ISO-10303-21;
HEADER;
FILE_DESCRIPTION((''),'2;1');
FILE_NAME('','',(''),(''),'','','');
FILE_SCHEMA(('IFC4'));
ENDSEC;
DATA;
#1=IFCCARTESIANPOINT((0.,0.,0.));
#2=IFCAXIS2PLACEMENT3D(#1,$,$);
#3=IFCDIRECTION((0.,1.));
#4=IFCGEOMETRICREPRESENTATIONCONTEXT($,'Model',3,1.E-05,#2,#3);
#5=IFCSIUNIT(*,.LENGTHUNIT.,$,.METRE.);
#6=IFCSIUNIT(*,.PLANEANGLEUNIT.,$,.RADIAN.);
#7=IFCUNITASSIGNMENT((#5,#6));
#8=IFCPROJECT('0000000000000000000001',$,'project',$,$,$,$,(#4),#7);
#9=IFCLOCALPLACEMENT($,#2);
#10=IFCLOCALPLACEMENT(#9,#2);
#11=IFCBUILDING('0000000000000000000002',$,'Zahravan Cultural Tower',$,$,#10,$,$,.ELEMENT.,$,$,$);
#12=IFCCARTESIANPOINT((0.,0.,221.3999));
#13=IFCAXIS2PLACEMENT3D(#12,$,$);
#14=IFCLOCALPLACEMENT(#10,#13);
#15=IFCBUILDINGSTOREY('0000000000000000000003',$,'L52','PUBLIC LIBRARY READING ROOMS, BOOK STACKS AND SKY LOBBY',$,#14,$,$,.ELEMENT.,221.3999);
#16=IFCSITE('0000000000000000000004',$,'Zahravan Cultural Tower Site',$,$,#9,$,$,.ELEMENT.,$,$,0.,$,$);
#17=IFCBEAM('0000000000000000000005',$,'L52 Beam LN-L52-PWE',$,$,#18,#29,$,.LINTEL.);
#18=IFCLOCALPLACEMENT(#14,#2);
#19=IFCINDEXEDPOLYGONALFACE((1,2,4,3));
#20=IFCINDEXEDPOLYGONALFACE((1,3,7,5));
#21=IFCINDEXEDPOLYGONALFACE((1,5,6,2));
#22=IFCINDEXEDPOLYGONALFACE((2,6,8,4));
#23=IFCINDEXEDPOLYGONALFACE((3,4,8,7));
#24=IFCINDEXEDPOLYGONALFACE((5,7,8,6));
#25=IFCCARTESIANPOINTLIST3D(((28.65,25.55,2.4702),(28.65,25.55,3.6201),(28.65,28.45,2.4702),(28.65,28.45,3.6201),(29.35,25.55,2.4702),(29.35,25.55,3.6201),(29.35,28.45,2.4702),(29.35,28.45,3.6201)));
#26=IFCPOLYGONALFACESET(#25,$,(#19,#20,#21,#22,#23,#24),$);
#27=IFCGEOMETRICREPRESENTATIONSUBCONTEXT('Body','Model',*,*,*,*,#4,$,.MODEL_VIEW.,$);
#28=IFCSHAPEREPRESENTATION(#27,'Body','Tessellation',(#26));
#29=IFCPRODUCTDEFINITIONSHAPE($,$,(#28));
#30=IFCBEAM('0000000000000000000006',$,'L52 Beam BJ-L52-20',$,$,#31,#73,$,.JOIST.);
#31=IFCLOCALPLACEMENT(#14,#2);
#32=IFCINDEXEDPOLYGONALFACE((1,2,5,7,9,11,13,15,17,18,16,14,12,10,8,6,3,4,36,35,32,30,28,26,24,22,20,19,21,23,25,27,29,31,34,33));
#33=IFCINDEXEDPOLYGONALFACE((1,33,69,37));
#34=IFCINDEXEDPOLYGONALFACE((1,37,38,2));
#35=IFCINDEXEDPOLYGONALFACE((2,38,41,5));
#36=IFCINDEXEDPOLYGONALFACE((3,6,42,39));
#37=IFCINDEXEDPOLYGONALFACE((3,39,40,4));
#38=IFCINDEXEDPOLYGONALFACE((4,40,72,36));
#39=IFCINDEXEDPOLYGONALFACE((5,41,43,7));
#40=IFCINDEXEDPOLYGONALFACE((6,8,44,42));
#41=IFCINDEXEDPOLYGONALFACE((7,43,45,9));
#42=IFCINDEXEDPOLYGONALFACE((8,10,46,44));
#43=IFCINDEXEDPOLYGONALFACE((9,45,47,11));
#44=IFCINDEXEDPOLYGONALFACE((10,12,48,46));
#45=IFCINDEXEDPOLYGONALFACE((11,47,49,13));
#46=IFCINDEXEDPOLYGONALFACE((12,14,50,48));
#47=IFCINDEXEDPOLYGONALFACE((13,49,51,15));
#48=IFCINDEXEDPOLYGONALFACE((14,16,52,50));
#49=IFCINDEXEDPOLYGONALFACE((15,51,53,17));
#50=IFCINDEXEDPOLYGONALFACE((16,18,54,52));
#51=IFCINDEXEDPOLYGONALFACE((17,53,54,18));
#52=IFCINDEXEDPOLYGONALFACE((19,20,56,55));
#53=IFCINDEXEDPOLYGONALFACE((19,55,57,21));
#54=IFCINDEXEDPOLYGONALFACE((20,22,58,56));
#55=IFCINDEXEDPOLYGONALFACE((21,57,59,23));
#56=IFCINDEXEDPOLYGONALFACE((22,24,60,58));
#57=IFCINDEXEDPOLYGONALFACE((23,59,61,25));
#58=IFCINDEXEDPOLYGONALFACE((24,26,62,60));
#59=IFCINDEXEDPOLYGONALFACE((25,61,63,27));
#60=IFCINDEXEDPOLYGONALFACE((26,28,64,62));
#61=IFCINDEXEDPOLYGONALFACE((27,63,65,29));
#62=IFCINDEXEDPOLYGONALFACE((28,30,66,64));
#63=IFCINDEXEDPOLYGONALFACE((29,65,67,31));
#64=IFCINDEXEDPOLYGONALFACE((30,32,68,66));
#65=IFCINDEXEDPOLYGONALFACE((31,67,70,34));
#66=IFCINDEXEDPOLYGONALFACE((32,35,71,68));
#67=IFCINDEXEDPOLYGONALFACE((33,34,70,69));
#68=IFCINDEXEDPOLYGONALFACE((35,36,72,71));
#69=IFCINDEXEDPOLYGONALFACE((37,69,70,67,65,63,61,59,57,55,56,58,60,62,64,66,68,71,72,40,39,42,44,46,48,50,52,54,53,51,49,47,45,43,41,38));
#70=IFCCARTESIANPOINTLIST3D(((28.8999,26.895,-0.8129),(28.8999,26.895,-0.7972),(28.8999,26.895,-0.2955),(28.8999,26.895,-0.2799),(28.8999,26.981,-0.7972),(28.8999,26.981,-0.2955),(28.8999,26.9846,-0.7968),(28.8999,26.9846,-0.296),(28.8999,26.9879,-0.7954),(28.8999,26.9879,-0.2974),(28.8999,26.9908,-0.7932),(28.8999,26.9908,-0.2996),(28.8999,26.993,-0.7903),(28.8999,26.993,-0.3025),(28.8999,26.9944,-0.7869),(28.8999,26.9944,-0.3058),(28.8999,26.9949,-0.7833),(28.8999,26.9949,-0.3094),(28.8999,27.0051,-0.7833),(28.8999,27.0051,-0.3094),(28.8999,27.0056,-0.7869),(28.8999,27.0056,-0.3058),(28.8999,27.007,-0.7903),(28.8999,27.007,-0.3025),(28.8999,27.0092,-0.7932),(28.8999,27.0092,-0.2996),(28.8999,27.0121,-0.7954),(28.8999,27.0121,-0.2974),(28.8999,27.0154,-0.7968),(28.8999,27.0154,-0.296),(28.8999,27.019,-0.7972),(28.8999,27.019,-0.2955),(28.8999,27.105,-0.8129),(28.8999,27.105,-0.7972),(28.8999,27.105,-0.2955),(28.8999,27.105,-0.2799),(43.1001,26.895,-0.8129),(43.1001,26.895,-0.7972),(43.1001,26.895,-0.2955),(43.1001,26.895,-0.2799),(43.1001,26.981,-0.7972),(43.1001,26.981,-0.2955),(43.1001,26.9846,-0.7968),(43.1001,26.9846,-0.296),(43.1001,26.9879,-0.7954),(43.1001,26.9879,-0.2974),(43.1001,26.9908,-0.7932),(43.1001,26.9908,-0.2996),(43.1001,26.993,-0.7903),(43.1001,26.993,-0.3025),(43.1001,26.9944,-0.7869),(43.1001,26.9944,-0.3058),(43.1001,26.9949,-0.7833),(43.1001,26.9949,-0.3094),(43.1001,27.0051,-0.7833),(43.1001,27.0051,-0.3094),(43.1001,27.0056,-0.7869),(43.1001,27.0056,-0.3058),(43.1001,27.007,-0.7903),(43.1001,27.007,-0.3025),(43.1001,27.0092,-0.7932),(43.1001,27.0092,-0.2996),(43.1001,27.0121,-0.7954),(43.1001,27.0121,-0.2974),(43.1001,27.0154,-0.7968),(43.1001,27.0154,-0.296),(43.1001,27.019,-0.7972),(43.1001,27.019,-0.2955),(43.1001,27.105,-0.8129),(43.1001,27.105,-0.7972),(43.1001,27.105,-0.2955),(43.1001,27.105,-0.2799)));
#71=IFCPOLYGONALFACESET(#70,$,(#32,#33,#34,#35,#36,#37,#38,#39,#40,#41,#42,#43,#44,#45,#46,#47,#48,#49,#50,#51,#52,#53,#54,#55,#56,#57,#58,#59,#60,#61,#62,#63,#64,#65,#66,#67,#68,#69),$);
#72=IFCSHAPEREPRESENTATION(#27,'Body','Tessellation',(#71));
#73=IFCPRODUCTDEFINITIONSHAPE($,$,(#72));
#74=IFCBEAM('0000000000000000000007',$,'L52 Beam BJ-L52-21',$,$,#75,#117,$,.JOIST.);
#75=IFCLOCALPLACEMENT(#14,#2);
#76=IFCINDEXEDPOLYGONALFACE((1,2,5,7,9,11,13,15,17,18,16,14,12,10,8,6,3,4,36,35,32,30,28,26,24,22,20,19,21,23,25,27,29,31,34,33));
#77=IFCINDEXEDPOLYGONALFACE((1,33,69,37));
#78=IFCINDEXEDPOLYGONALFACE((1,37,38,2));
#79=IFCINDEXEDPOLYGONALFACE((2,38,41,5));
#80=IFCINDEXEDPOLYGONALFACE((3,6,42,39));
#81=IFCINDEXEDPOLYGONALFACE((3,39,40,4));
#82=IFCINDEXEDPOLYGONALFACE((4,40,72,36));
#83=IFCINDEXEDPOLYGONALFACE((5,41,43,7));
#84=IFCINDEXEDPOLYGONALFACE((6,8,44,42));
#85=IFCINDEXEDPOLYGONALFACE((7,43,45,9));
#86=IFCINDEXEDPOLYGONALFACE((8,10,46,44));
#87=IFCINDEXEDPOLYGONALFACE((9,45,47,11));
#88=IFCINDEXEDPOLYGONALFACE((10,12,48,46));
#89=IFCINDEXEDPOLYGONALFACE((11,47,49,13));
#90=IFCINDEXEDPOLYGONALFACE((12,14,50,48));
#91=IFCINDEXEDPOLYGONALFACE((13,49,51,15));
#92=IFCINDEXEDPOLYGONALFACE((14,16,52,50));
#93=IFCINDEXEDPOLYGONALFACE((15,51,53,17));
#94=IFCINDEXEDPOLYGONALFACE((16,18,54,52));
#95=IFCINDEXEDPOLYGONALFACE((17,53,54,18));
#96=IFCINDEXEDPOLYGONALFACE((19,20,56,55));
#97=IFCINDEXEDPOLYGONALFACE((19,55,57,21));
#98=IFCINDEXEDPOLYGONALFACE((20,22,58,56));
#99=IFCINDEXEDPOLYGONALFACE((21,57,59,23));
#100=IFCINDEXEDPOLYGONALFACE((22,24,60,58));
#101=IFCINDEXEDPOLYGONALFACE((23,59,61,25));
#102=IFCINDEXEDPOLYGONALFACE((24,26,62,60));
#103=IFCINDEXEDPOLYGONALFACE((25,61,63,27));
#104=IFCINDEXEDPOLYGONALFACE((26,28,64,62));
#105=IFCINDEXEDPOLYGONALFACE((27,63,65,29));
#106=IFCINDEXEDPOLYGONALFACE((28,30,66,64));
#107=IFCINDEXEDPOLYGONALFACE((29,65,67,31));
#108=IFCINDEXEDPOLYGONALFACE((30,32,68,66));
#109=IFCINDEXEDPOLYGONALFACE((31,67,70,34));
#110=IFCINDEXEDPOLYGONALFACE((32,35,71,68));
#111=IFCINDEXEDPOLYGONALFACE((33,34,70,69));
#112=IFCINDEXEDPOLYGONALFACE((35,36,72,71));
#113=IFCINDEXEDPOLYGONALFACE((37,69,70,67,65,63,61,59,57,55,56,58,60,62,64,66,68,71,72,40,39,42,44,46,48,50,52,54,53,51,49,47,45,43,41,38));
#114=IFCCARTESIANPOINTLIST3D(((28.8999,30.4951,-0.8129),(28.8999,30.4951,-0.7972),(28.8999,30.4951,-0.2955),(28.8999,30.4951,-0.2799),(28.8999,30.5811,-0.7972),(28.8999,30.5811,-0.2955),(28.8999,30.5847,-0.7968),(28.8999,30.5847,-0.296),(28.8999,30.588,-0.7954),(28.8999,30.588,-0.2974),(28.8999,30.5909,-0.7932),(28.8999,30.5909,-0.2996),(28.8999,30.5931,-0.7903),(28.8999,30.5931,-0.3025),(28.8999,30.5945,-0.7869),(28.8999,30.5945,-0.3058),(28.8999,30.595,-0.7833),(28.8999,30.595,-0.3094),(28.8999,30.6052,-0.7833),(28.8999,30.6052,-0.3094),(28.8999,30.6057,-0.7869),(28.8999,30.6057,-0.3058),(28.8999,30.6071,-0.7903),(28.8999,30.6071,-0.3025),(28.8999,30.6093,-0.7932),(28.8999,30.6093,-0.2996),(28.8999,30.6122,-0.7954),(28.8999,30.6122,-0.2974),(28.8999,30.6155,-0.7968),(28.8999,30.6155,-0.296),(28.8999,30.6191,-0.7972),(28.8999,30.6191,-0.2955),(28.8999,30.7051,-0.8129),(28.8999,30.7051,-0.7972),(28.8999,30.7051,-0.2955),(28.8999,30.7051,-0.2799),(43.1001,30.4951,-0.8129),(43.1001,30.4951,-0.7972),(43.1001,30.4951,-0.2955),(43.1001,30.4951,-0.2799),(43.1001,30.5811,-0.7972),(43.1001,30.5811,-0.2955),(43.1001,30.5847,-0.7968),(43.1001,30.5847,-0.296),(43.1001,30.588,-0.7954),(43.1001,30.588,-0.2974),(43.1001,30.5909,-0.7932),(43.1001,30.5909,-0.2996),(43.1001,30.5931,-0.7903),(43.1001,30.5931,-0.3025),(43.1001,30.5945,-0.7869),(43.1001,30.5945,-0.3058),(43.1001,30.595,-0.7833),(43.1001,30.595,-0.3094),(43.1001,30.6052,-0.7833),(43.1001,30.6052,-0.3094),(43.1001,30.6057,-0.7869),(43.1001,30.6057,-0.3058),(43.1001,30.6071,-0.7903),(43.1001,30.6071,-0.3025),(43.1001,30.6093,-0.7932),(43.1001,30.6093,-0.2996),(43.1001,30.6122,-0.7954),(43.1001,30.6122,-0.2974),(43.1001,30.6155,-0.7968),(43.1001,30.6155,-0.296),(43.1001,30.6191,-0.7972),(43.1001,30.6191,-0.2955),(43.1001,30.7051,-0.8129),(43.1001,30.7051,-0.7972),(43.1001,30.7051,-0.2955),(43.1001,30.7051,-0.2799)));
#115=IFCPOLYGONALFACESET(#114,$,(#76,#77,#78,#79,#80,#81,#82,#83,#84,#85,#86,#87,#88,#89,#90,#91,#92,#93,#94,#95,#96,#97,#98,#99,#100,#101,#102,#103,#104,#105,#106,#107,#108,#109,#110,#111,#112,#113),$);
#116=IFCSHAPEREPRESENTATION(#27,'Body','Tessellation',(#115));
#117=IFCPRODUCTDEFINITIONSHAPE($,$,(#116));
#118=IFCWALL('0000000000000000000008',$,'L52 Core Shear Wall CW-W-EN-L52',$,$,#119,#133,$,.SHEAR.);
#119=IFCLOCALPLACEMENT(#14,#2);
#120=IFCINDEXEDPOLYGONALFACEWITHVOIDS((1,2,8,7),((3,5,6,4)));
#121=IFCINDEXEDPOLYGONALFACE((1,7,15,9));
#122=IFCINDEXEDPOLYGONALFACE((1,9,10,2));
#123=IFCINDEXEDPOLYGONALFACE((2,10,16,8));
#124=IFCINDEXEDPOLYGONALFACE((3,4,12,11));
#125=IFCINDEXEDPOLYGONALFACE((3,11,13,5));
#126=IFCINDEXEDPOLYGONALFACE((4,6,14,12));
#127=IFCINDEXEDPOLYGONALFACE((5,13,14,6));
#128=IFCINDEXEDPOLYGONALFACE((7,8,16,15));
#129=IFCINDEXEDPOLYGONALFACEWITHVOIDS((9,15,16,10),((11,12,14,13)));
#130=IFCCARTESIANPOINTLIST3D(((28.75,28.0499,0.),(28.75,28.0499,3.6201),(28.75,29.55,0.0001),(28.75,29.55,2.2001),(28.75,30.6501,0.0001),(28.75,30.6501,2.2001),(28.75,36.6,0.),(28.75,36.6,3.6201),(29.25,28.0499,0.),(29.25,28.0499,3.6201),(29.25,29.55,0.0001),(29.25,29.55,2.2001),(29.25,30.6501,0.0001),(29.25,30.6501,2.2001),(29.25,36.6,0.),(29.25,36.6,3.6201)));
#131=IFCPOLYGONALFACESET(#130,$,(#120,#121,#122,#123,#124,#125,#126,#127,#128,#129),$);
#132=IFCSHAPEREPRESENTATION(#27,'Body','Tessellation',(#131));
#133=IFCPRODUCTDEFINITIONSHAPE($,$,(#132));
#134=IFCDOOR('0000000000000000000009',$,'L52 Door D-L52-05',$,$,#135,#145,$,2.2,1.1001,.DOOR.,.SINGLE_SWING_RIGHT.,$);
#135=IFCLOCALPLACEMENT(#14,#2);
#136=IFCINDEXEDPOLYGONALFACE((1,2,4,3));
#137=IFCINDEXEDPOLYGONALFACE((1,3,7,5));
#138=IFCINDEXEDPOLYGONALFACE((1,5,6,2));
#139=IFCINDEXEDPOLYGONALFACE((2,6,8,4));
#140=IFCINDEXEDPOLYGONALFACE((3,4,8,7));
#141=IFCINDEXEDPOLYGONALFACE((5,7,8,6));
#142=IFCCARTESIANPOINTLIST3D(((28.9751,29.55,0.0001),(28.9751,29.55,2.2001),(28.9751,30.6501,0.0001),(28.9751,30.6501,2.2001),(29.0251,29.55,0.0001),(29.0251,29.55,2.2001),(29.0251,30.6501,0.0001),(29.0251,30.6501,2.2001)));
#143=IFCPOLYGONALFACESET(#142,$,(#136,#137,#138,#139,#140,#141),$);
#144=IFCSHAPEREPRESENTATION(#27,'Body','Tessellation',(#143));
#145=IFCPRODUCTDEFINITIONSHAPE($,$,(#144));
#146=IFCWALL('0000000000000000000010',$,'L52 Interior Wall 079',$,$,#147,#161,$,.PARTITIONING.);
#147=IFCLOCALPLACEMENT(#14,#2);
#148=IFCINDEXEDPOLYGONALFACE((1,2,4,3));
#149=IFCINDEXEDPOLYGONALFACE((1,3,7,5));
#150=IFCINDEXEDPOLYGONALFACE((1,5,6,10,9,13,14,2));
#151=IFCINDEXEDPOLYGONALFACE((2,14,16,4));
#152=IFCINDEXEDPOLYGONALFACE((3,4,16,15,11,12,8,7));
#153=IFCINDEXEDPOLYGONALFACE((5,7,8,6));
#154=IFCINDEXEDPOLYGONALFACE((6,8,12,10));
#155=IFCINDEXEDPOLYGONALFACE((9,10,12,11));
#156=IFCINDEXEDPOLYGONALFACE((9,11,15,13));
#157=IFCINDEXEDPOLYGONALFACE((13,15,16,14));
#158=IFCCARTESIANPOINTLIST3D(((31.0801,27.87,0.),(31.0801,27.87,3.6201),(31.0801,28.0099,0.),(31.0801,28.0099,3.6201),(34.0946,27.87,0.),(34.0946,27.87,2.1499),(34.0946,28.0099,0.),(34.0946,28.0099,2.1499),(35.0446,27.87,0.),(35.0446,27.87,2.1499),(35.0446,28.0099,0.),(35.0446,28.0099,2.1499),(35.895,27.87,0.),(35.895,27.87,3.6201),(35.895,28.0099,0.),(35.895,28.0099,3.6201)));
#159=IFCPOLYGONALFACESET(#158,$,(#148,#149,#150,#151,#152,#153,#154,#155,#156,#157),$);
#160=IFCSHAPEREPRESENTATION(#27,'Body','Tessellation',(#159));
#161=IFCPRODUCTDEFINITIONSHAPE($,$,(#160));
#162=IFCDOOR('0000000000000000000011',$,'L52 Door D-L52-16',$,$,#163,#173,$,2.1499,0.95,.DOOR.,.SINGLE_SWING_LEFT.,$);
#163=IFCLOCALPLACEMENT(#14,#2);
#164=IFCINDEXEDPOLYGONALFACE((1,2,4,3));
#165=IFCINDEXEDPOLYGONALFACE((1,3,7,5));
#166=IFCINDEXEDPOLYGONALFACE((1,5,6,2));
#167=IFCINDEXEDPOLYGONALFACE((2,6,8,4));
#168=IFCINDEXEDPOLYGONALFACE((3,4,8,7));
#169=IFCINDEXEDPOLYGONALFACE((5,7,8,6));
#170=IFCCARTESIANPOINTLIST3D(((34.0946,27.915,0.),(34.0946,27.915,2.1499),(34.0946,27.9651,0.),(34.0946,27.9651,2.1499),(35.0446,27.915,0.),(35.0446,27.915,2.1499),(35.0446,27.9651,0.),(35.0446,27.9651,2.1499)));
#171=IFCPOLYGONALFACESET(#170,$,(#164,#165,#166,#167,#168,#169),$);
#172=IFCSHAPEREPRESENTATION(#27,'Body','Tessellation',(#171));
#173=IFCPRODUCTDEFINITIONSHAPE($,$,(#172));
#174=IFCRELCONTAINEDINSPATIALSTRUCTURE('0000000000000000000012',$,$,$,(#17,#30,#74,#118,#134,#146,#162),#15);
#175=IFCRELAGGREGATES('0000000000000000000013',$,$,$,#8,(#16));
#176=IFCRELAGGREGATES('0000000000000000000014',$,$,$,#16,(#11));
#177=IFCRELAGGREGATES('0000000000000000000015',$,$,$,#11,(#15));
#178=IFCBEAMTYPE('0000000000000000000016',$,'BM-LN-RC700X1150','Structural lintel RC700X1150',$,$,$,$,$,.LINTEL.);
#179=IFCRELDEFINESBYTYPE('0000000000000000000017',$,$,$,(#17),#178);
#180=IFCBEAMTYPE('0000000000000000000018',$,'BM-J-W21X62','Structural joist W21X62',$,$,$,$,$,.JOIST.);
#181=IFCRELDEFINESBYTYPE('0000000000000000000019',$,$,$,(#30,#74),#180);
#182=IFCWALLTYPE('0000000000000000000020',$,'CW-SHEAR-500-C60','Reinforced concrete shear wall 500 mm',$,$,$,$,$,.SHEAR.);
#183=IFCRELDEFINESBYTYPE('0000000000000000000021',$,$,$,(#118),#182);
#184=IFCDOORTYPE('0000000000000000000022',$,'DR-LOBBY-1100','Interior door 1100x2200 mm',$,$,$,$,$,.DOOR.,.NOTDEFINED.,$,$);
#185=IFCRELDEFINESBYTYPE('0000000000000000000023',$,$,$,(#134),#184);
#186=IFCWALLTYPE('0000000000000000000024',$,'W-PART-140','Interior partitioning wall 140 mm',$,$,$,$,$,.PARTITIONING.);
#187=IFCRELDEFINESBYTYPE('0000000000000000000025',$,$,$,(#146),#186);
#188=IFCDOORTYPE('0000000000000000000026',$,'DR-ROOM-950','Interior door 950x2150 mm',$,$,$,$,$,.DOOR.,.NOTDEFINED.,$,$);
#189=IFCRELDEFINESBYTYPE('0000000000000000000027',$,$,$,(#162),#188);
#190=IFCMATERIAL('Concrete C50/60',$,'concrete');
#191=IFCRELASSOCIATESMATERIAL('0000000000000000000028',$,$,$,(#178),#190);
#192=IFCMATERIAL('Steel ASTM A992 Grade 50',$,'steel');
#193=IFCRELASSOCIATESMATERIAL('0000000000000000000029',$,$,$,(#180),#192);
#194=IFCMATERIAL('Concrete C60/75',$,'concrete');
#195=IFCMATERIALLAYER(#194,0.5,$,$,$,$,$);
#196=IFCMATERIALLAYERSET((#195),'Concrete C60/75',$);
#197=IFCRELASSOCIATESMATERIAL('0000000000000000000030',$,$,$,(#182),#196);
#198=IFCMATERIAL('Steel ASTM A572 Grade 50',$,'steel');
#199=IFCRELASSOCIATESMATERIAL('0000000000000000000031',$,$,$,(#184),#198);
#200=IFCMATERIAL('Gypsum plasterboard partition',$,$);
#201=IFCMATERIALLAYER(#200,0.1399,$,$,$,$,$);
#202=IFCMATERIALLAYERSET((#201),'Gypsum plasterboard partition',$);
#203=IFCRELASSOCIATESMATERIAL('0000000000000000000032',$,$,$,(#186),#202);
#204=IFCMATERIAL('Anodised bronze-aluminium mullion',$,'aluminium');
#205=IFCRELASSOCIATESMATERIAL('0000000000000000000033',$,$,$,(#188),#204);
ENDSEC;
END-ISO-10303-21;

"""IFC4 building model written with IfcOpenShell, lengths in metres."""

from ifc_helpers import new_model, si_unit, direction, frame, frame_2d, origin, origin_2d, place, context, subcontext, project, spatial, rectangle, i_section, extrude, source, transform, mapped, material, layer, layer_set, material_profile, profile_set, type_object, element, fill, save


model = new_model("IFC4")

# Units and contexts
model_context = context("Model", 3, precision=1e-05, world=origin(), true_north=direction((0.0, 1.0)))
body_context = subcontext(model_context, "Body", "Model", "MODEL_VIEW")
ifc_project = project(units=[si_unit("LENGTHUNIT", "METRE"), si_unit("PLANEANGLEUNIT", "RADIAN")], contexts=[model_context])

# Site, building, storey
site_placement = place(None, origin())
site = spatial("IfcSite", under=ifc_project, at=site_placement, Name="Zahravan Cultural Tower Site", CompositionType="ELEMENT", RefElevation=0.0)
building_placement = place(site_placement, origin())
building = spatial("IfcBuilding", under=site, at=building_placement, Name="Zahravan Cultural Tower", CompositionType="ELEMENT")
storey_placement = place(building_placement, frame((0.0, 0.0, 221.3999)))
storey = spatial("IfcBuildingStorey", under=building, at=storey_placement, Name="L52", Description="PUBLIC LIBRARY READING ROOMS, BOOK STACKS AND SKY LOBBY", CompositionType="ELEMENT", Elevation=221.3999)

# Beams
ifc_material_1 = material(Name="Concrete C50/60", Category="concrete")
ifc_material_profile_1 = material_profile(ifc_material_1, rectangle(XDim=0.7, YDim=1.1499, at=origin_2d()), Name="RC700X1150")
ifc_profile_set_1 = profile_set([ifc_material_profile_1], Name="Concrete C50/60")
beam_type_1 = type_object("IfcBeamType", Name="BM-LN-RC700X1150", Description="Structural lintel RC700X1150", PredefinedType="LINTEL", material=ifc_profile_set_1)
shared_shape_1 = source(origin(), body_context, "Body", "SweptSolid", [
    extrude(rectangle(XDim=0.7, YDim=1.1499, at=origin_2d()), origin(), (0.0, 0.0, 1.0), 2.8999),
])
beam_placement = place(storey_placement, frame((29.0, 25.55, 3.0452), z_axis=(0.0, 1.0, 0.0), x_axis=(-1.0, 0.0, 0.0)))
element("IfcBeam", 1, at=beam_placement, inside=storey, type_object=beam_type_1, Name="L52 Beam LN-L52-PWE", PredefinedType="LINTEL", context=body_context, shape_type="MappedRepresentation", body=[
    mapped(shared_shape_1, transform((0.0, 0.0, 0.0), x_axis=(1.0, 0.0, 0.0), y_axis=(0.0, 1.0, 0.0), z_axis=(0.0, 0.0, 1.0), scale=1.0)),
])
ifc_material_2 = material(Name="Steel ASTM A992 Grade 50", Category="steel")
ifc_material_profile_2 = material_profile(ifc_material_2, i_section(OverallWidth=0.21, OverallDepth=0.533, WebThickness=0.0103, FlangeThickness=0.0156, FilletRadius=0.0139, at=origin_2d()), Name="W21X62")
ifc_profile_set_2 = profile_set([ifc_material_profile_2], Name="Steel ASTM A992 Grade 50")
beam_type_2 = type_object("IfcBeamType", Name="BM-J-W21X62", Description="Structural joist W21X62", PredefinedType="JOIST", material=ifc_profile_set_2)
shared_shape_2 = source(origin(), body_context, "Body", "SweptSolid", [
    extrude(i_section(OverallWidth=0.21, OverallDepth=0.533, WebThickness=0.0103, FlangeThickness=0.0156, FilletRadius=0.0139, at=origin_2d()), origin(), (0.0, 0.0, 1.0), 14.2002),
])
for number, where, z_axis, x_axis, name in (
    (2, (28.8999, 27.0, -0.5464), (1.0, 0.0, 0.0), (0.0, 1.0, 0.0), "L52 Beam BJ-L52-20"),
    (3, (28.8999, 30.6001, -0.5464), (1.0, 0.0, 0.0), (0.0, 1.0, 0.0), "L52 Beam BJ-L52-21"),
):
    element("IfcBeam", number, at=place(storey_placement, frame(where, z_axis=z_axis, x_axis=x_axis)), inside=storey, type_object=beam_type_2, Name=name, PredefinedType="JOIST", context=body_context, shape_type="MappedRepresentation", body=[
        mapped(shared_shape_2, transform((0.0, 0.0, 0.0), x_axis=(1.0, 0.0, 0.0), y_axis=(0.0, 1.0, 0.0), z_axis=(0.0, 0.0, 1.0), scale=1.0)),
    ])

# Walls, openings, doors
ifc_material_3 = material(Name="Concrete C60/75", Category="concrete")
ifc_layer_1 = layer(ifc_material_3, 0.5)
ifc_layer_set_1 = layer_set([ifc_layer_1], Name="Concrete C60/75")
wall_type_1 = type_object("IfcWallType", Name="CW-SHEAR-500-C60", Description="Reinforced concrete shear wall 500 mm", PredefinedType="SHEAR", material=ifc_layer_set_1)
wall_1_placement = place(storey_placement, frame((29.0, 28.05, 0.0), z_axis=(0.0, 0.0, 1.0), x_axis=(0.0, 1.0, 0.0)))
wall_1 = element("IfcWall", 4, at=wall_1_placement, inside=storey, type_object=wall_type_1, Name="L52 Core Shear Wall CW-W-EN-L52", PredefinedType="SHEAR", context=body_context, shape_type="SweptSolid", body=[
    extrude(rectangle(XDim=8.55, YDim=0.5, at=frame_2d((4.2749, 0.0))), origin(), (0.0, 0.0, 1.0), 3.6201),
])
opening_1_placement = place(wall_1_placement, frame((1.5, 0.0, 0.0)))
opening_1 = element("IfcOpeningElement", 5, at=opening_1_placement, cuts=wall_1, PredefinedType="OPENING", context=body_context, shape_type="SweptSolid", body=[
    extrude(rectangle(XDim=1.1001, YDim=2.2, at=frame_2d((0.55, 1.1001))), frame((0.0, 0.26, 0.0), z_axis=(0.0, -1.0, 0.0), x_axis=(1.0, 0.0, 0.0)), (0.0, 0.0, 1.0), 0.52),
])
ifc_material_4 = material(Name="Steel ASTM A572 Grade 50", Category="steel")
door_type_1 = type_object("IfcDoorType", Name="DR-LOBBY-1100", Description="Interior door 1100x2200 mm", OperationType="NOTDEFINED", PredefinedType="DOOR", material=ifc_material_4)
shared_shape_3 = source(origin(), body_context, "Body", "SweptSolid", [
    extrude(rectangle(XDim=1.1001, YDim=2.2, at=frame_2d((0.55, 1.1001))), frame((0.0, 0.0249, 0.0), z_axis=(0.0, -1.0, 0.0), x_axis=(1.0, 0.0, 0.0)), (0.0, 0.0, 1.0), 0.05),
])
door_1_placement = place(opening_1_placement, origin())
door_1 = element("IfcDoor", 6, at=door_1_placement, inside=storey, type_object=door_type_1, Name="L52 Door D-L52-05", OperationType="SINGLE_SWING_RIGHT", OverallHeight=2.2, OverallWidth=1.1001, PredefinedType="DOOR", context=body_context, shape_type="MappedRepresentation", body=[
    mapped(shared_shape_3, transform((0.0, 0.0, 0.0), x_axis=(1.0, 0.0, 0.0), y_axis=(0.0, 1.0, 0.0), z_axis=(0.0, 0.0, 1.0), scale=1.0)),
])
fill(opening_1, door_1)
ifc_material_5 = material(Name="Gypsum plasterboard partition")
ifc_layer_2 = layer(ifc_material_5, 0.1399)
ifc_layer_set_2 = layer_set([ifc_layer_2], Name="Gypsum plasterboard partition")
wall_type_2 = type_object("IfcWallType", Name="W-PART-140", Description="Interior partitioning wall 140 mm", PredefinedType="PARTITIONING", material=ifc_layer_set_2)
wall_2_placement = place(storey_placement, frame((35.895, 27.9399, 0.0), z_axis=(0.0, 0.0, 1.0), x_axis=(-1.0, 0.0, 0.0)))
wall_2 = element("IfcWall", 7, at=wall_2_placement, inside=storey, type_object=wall_type_2, Name="L52 Interior Wall 079", PredefinedType="PARTITIONING", context=body_context, shape_type="SweptSolid", body=[
    extrude(rectangle(XDim=4.8149, YDim=0.1399, at=frame_2d((2.4075, 0.0))), origin(), (0.0, 0.0, 1.0), 3.6201),
])
opening_2_placement = place(wall_2_placement, frame((0.8503, 0.0, 0.0)))
opening_2 = element("IfcOpeningElement", 8, at=opening_2_placement, cuts=wall_2, PredefinedType="OPENING", context=body_context, shape_type="SweptSolid", body=[
    extrude(rectangle(XDim=0.95, YDim=2.1499, at=frame_2d((0.4751, 1.075))), frame((0.0, 0.0798, 0.0), z_axis=(0.0, -1.0, 0.0), x_axis=(1.0, 0.0, 0.0)), (0.0, 0.0, 1.0), 0.1599),
])
ifc_material_6 = material(Name="Anodised bronze-aluminium mullion", Category="aluminium")
door_type_2 = type_object("IfcDoorType", Name="DR-ROOM-950", Description="Interior door 950x2150 mm", OperationType="NOTDEFINED", PredefinedType="DOOR", material=ifc_material_6)
shared_shape_4 = source(origin(), body_context, "Body", "SweptSolid", [
    extrude(rectangle(XDim=0.95, YDim=2.1499, at=frame_2d((0.4751, 1.075))), frame((0.0, 0.0249, 0.0), z_axis=(0.0, -1.0, 0.0), x_axis=(1.0, 0.0, 0.0)), (0.0, 0.0, 1.0), 0.05),
])
door_2_placement = place(opening_2_placement, origin())
door_2 = element("IfcDoor", 9, at=door_2_placement, inside=storey, type_object=door_type_2, Name="L52 Door D-L52-16", OperationType="SINGLE_SWING_LEFT", OverallHeight=2.1499, OverallWidth=0.95, PredefinedType="DOOR", context=body_context, shape_type="MappedRepresentation", body=[
    mapped(shared_shape_4, transform((0.0, 0.0, 0.0), x_axis=(1.0, 0.0, 0.0), y_axis=(0.0, 1.0, 0.0), z_axis=(0.0, 0.0, 1.0), scale=1.0)),
])
fill(opening_2, door_2)

save(model, "model.ifc")
